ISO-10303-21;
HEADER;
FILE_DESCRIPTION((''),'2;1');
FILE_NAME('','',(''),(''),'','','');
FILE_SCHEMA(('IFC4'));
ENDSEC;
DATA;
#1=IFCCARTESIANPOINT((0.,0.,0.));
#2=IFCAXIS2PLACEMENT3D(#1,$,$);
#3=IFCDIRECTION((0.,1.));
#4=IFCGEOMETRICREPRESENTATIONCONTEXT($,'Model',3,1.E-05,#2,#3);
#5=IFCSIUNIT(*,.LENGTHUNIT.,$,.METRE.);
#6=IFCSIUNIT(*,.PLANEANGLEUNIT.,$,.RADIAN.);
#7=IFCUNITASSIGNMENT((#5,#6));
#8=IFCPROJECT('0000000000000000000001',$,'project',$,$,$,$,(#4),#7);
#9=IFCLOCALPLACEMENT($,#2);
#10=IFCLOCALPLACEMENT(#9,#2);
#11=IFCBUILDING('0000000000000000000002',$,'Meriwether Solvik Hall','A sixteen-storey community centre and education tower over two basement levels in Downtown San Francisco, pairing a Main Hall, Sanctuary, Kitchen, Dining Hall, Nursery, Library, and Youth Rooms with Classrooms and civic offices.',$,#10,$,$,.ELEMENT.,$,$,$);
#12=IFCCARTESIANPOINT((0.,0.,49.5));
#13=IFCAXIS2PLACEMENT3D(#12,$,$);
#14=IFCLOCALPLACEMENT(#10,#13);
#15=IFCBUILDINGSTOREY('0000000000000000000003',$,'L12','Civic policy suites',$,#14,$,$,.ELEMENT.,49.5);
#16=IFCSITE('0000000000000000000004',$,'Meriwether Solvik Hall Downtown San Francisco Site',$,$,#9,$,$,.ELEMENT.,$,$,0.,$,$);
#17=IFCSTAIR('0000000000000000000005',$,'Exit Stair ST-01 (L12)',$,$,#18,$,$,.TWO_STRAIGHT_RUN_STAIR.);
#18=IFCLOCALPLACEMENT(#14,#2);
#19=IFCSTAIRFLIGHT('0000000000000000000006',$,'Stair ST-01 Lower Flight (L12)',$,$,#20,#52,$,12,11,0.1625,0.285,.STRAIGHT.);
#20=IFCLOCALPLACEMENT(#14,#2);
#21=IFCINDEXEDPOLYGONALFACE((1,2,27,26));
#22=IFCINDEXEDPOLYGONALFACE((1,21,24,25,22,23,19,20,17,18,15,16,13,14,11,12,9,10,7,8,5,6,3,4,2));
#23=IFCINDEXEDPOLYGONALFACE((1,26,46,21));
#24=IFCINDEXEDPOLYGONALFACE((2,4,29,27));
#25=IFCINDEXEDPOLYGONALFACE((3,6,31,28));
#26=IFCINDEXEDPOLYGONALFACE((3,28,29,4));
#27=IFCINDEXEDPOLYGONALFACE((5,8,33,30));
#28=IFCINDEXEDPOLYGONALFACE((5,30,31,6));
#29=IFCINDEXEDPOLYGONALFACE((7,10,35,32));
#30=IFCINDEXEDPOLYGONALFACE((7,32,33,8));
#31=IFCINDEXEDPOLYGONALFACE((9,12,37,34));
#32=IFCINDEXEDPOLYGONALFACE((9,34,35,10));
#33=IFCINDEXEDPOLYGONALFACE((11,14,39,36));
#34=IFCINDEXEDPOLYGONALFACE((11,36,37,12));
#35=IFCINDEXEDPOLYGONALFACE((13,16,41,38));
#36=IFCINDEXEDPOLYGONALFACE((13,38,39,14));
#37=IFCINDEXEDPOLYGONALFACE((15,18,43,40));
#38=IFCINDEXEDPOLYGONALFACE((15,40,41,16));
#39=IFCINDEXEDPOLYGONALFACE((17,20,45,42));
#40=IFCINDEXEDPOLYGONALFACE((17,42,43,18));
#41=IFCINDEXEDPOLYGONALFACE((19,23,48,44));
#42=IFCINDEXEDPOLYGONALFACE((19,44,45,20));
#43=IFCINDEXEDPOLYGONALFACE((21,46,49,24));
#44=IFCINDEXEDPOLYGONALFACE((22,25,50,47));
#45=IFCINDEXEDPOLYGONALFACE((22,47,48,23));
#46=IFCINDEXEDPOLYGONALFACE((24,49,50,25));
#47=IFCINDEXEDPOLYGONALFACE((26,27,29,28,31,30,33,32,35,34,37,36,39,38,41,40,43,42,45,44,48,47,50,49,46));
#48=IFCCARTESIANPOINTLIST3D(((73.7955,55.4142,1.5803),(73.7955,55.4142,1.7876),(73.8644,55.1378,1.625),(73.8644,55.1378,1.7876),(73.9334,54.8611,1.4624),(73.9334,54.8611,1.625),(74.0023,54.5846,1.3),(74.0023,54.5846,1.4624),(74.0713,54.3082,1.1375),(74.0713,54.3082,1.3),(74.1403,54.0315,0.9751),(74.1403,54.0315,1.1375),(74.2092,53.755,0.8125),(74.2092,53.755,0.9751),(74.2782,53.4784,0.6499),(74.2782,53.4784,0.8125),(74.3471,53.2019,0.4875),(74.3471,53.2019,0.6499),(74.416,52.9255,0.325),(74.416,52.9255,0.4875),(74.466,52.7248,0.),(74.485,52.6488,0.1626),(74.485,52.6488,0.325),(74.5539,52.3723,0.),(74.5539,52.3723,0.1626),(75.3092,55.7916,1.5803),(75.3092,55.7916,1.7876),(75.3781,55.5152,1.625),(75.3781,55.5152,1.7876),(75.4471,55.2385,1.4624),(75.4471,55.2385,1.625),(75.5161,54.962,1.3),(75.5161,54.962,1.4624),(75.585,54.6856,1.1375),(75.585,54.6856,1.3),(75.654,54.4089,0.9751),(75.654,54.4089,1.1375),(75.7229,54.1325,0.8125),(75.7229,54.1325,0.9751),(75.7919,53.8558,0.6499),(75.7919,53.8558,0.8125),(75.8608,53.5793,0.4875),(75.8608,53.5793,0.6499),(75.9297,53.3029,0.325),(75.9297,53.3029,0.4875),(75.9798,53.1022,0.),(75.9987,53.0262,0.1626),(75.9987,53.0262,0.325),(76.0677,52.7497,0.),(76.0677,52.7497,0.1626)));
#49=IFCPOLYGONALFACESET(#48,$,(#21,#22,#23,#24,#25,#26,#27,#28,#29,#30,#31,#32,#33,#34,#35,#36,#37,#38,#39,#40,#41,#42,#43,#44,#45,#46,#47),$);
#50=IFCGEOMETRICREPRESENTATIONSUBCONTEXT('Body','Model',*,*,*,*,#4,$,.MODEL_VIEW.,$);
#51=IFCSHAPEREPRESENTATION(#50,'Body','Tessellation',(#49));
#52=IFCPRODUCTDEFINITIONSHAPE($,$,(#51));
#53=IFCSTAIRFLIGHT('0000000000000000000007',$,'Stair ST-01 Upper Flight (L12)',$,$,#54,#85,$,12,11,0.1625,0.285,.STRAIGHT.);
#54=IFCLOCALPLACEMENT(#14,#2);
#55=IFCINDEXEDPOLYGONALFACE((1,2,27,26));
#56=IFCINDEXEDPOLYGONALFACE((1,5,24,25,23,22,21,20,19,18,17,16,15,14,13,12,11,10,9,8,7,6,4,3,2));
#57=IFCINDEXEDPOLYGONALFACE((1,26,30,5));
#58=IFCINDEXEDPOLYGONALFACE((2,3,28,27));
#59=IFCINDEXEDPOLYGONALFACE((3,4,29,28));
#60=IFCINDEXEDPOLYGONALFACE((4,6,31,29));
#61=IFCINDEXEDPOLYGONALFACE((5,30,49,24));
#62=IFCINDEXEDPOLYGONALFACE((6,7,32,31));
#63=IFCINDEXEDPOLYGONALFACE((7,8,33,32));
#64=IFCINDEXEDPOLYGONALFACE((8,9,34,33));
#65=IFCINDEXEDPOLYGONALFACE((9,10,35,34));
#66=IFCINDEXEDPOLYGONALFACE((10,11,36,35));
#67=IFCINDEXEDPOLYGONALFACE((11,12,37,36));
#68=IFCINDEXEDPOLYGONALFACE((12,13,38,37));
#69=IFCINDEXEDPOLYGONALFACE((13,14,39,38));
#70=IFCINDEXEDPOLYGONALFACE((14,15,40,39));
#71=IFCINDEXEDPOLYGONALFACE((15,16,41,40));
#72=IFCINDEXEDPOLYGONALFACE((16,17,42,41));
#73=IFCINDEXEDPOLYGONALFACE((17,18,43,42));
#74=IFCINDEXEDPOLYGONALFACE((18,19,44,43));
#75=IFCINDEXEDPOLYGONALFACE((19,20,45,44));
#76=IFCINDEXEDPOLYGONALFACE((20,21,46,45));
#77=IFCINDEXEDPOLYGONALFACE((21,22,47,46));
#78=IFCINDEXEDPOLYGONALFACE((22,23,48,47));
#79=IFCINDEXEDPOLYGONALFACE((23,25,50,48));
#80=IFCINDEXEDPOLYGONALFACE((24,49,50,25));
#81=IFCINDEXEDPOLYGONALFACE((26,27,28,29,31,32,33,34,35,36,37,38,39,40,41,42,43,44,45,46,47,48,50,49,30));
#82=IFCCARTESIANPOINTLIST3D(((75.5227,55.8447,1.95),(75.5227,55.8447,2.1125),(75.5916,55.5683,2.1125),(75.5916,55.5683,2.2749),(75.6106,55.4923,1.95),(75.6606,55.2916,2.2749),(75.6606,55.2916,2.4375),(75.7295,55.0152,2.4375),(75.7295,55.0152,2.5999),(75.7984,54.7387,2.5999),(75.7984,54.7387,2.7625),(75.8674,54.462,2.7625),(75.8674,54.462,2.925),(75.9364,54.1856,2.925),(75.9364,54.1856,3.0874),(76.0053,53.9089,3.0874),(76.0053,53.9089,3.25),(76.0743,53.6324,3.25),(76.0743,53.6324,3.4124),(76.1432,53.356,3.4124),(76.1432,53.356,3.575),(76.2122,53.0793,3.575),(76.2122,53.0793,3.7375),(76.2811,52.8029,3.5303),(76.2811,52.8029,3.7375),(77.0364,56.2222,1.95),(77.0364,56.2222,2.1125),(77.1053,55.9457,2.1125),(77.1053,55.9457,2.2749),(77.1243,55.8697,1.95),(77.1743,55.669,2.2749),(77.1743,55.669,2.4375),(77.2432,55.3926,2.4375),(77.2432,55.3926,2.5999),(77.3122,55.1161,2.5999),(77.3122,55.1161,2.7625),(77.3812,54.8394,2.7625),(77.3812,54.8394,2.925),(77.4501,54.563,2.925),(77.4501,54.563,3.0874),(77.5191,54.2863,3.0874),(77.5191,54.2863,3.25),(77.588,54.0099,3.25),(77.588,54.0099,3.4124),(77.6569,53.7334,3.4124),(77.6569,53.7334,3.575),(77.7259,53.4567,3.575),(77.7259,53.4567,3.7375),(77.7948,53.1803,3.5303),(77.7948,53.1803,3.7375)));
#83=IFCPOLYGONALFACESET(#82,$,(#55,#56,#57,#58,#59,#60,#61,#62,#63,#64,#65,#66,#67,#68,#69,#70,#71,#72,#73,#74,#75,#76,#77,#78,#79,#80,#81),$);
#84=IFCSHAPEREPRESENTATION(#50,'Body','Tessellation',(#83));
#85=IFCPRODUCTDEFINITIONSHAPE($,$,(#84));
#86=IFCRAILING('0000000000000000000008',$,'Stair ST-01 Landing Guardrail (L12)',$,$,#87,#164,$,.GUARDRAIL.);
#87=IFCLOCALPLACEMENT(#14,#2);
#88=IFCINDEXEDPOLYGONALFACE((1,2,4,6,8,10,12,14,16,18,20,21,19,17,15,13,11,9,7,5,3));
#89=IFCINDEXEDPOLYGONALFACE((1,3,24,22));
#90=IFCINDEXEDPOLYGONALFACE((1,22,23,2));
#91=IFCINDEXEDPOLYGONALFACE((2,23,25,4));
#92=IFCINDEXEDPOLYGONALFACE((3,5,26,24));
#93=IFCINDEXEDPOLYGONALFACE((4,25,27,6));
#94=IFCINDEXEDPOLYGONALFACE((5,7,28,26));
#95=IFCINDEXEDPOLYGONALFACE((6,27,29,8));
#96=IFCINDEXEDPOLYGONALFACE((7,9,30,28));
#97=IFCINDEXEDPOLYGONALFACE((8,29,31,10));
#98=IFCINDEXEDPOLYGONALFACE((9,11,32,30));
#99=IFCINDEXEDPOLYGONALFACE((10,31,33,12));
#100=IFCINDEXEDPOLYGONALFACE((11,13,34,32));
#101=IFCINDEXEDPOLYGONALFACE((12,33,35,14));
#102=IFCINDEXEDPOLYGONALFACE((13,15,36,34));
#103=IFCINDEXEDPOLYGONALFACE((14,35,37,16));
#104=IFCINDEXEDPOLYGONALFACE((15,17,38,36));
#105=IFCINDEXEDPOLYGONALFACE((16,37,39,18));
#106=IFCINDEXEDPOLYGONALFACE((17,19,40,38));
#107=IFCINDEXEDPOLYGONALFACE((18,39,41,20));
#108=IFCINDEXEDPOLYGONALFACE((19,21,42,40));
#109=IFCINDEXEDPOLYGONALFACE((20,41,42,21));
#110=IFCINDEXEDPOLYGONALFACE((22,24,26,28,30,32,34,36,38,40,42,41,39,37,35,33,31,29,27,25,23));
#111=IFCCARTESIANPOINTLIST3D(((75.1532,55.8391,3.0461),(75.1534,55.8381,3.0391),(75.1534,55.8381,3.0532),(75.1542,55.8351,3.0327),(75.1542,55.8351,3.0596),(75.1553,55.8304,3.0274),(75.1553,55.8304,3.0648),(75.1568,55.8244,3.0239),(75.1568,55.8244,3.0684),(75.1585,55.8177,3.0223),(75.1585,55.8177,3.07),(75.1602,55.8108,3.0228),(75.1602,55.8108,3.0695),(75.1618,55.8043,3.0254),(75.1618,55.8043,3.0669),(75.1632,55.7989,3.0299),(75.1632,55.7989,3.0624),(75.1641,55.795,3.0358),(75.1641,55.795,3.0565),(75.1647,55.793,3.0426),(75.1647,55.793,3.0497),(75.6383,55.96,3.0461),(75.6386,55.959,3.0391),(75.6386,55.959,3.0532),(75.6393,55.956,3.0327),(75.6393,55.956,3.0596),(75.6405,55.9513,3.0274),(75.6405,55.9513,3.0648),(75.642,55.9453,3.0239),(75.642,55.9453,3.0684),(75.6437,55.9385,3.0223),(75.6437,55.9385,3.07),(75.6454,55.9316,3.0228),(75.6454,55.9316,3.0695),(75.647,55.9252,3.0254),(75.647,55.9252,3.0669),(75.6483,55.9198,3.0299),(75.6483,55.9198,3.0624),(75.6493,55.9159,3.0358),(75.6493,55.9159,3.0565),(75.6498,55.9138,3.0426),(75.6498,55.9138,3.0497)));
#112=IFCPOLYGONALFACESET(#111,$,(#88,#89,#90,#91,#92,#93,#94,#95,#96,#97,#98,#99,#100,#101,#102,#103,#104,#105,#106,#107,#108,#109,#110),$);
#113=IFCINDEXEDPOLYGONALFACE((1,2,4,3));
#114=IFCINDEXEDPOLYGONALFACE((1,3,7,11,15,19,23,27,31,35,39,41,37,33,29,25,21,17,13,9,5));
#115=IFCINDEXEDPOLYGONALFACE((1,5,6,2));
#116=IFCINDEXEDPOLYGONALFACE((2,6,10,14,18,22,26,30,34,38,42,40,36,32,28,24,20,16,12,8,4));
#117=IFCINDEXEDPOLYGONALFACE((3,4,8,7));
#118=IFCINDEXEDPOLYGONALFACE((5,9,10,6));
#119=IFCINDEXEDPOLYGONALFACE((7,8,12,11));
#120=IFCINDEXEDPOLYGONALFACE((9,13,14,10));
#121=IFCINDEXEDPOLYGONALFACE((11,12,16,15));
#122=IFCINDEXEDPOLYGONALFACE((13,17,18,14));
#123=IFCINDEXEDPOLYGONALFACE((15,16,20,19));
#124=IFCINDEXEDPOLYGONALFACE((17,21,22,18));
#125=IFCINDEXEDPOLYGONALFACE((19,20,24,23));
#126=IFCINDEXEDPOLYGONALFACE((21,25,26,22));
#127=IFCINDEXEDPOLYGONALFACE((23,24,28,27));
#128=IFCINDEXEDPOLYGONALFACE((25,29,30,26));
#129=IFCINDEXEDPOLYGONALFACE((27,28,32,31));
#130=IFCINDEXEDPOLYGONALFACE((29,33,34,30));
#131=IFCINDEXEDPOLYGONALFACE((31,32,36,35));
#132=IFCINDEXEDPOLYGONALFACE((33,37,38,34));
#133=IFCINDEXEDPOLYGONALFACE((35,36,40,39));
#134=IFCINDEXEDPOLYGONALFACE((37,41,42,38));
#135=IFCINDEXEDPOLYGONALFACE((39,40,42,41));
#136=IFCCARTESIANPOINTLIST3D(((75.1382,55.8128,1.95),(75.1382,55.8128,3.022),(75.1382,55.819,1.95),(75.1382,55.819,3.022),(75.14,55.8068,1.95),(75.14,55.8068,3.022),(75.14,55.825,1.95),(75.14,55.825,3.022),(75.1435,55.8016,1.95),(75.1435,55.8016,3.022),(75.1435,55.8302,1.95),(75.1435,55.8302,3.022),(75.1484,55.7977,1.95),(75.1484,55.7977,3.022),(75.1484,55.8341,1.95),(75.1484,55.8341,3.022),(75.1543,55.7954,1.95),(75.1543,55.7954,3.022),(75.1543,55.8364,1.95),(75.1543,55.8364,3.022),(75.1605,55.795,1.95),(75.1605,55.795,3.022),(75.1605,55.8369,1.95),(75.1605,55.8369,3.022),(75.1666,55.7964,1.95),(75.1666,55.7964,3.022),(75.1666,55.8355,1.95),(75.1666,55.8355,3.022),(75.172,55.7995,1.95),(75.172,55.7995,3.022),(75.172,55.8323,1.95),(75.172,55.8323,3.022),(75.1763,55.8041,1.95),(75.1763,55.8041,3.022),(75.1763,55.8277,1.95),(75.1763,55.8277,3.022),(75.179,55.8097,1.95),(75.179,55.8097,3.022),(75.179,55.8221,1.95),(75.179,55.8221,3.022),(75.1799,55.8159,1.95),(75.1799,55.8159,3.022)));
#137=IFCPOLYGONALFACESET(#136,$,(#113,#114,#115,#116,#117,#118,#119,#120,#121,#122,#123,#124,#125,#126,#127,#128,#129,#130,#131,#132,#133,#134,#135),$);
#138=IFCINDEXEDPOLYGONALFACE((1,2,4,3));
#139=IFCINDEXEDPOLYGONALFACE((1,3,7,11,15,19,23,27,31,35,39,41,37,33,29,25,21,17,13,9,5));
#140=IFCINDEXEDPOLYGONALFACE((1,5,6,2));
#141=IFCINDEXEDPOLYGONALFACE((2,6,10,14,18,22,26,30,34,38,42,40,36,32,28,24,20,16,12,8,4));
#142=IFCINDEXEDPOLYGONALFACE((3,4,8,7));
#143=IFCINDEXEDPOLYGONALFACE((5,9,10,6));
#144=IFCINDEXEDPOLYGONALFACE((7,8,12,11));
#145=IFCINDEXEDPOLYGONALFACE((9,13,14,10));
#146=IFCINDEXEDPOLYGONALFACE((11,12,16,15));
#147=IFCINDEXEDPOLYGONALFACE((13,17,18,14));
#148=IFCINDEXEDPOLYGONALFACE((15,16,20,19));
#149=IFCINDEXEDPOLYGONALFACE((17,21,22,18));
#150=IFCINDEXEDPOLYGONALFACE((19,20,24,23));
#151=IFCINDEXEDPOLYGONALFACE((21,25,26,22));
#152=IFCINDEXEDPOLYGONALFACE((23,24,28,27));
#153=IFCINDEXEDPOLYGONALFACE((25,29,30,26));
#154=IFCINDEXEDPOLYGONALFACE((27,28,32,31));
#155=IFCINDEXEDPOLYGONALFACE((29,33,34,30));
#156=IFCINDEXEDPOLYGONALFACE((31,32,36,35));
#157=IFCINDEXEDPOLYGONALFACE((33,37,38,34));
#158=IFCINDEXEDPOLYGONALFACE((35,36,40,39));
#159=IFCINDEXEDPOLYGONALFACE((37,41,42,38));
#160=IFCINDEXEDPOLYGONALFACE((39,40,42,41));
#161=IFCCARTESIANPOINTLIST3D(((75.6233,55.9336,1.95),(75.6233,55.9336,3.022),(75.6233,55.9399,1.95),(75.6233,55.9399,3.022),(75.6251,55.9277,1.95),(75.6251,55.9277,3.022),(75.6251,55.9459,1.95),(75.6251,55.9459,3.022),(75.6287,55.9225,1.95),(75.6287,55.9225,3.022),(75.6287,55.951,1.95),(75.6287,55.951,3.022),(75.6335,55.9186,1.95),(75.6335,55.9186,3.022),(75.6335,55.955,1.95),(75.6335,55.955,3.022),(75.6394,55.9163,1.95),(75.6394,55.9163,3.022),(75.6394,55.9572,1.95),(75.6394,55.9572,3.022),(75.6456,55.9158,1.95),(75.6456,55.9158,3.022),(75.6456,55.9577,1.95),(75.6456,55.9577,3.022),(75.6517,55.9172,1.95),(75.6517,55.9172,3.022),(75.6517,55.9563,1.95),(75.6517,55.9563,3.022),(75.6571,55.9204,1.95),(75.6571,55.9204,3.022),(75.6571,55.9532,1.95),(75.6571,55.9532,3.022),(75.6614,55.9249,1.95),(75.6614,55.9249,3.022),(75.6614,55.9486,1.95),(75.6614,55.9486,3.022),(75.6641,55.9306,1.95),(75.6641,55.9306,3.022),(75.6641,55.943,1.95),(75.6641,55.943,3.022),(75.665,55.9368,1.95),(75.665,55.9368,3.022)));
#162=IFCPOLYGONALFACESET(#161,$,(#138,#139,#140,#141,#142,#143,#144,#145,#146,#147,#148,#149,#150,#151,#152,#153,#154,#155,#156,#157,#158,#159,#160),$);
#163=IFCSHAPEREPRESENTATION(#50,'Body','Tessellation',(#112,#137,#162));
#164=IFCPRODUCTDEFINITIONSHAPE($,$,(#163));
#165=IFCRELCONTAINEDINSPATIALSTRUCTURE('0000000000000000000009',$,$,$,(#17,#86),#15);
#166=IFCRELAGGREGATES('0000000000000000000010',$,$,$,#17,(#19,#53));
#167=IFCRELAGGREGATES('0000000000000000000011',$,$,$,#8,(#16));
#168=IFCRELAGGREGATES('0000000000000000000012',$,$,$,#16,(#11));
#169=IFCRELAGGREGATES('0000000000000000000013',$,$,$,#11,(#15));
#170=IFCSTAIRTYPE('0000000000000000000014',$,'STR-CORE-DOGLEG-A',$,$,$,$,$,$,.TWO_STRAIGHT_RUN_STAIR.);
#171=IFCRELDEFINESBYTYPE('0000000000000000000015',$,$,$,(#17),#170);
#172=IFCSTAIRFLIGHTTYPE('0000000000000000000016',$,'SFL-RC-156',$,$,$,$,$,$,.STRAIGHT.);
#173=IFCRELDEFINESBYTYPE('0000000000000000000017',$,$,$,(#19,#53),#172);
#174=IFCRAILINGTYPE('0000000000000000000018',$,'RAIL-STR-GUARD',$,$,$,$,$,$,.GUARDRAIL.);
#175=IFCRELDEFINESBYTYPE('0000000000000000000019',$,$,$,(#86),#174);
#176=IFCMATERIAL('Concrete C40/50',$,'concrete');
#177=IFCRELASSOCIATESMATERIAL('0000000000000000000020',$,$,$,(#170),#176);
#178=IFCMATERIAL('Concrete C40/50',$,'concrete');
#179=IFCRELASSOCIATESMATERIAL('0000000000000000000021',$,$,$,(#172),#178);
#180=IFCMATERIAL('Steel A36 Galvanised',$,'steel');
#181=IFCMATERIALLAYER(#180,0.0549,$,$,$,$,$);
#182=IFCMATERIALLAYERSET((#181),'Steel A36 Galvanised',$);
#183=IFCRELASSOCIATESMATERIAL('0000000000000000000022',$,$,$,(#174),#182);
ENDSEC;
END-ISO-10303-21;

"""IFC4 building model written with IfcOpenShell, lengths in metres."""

from ifc_helpers import new_model, si_unit, direction, frame, origin, origin_2d, place, context, subcontext, project, spatial, polyline, circle, outline, extrude, material, layer, layer_set, type_object, element, aggregate, save


model = new_model("IFC4")

# Units and contexts
model_context = context("Model", 3, precision=1e-05, world=origin(), true_north=direction((0.0, 1.0)))
body_context = subcontext(model_context, "Body", "Model", "MODEL_VIEW")
ifc_project = project(units=[si_unit("LENGTHUNIT", "METRE"), si_unit("PLANEANGLEUNIT", "RADIAN")], contexts=[model_context])

# Site, building, storey
site_placement = place(None, origin())
site = spatial("IfcSite", under=ifc_project, at=site_placement, Name="Meriwether Solvik Hall Downtown San Francisco Site", CompositionType="ELEMENT", RefElevation=0.0)
building_placement = place(site_placement, origin())
building = spatial("IfcBuilding", under=site, at=building_placement, Name="Meriwether Solvik Hall", Description="A sixteen-storey community centre and education tower over two basement levels in Downtown San Francisco, pairing a Main Hall, Sanctuary, Kitchen, Dining Hall, Nursery, Library, and Youth Rooms with Classrooms and civic offices.", CompositionType="ELEMENT")
storey_placement = place(building_placement, frame((0.0, 0.0, 49.5)))
storey = spatial("IfcBuildingStorey", under=building, at=storey_placement, Name="L12", Description="Civic policy suites", CompositionType="ELEMENT", Elevation=49.5)

# Stair, stair flights
ifc_material_1 = material(Name="Concrete C40/50", Category="concrete")
stair_type = type_object("IfcStairType", Name="STR-CORE-DOGLEG-A", PredefinedType="TWO_STRAIGHT_RUN_STAIR", material=ifc_material_1)
stair_placement = place(storey_placement, origin())
stair = element("IfcStair", 1, at=stair_placement, inside=storey, type_object=stair_type, Name="Exit Stair ST-01 (L12)", PredefinedType="TWO_STRAIGHT_RUN_STAIR")
ifc_material_2 = material(Name="Concrete C40/50", Category="concrete")
stair_flight_type = type_object("IfcStairFlightType", Name="SFL-RC-156", PredefinedType="STRAIGHT", material=ifc_material_2)
stair_flight_1_placement = place(storey_placement, frame((75.3108, 52.561, 0.0), z_axis=(0.0, 0.0, 1.0), x_axis=(-0.241922, 0.970296, 0.0)))
stair_flight_1 = element("IfcStairFlight", 2, at=stair_flight_1_placement, type_object=stair_flight_type, Name="Stair ST-01 Lower Flight (L12)", NumberOfRisers=12, NumberOfTreads=11, PredefinedType="STRAIGHT", RiserHeight=0.1625, TreadLength=0.285, context=body_context, shape_type="SweptSolid", body=[
    extrude(outline(polyline([(0.0, 0.0), (0.0, 0.1626), (0.2849, 0.1626), (0.2849, 0.325), (0.5701, 0.325), (0.5701, 0.4875), (0.855, 0.4875), (0.855, 0.6499), (1.1399, 0.6499), (1.1399, 0.8125), (1.425, 0.8125), (1.425, 0.9751), (1.71, 0.9751), (1.71, 1.1375), (1.9951, 1.1375), (1.9951, 1.3), (2.28, 1.3), (2.28, 1.4624), (2.5649, 1.4624), (2.5649, 1.625), (2.8501, 1.625), (2.8501, 1.7876), (3.135, 1.7876), (3.135, 1.95), (3.135, 1.5803), (0.3633, 0.0), (0.0, 0.0)])), frame((0.0, 0.78, 0.0), z_axis=(0.0, -1.0, 0.0), x_axis=(1.0, 0.0, 0.0)), (0.0, 0.0, 1.0), 1.5601),
])
stair_flight_2_placement = place(storey_placement, frame((76.2795, 56.0334, 1.95), z_axis=(0.0, 0.0, 1.0), x_axis=(0.241922, -0.970296, 0.0)))
stair_flight_2 = element("IfcStairFlight", 3, at=stair_flight_2_placement, type_object=stair_flight_type, Name="Stair ST-01 Upper Flight (L12)", NumberOfRisers=12, NumberOfTreads=11, PredefinedType="STRAIGHT", RiserHeight=0.1625, TreadLength=0.285, context=body_context, shape_type="SweptSolid", body=[
    extrude(outline(polyline([(0.0, 0.0), (0.0, 0.1626), (0.2849, 0.1626), (0.2849, 0.325), (0.5701, 0.325), (0.5701, 0.4875), (0.855, 0.4875), (0.855, 0.6499), (1.1399, 0.6499), (1.1399, 0.8125), (1.425, 0.8125), (1.425, 0.9751), (1.71, 0.9751), (1.71, 1.1375), (1.9951, 1.1375), (1.9951, 1.3), (2.28, 1.3), (2.28, 1.4624), (2.5649, 1.4624), (2.5649, 1.625), (2.8501, 1.625), (2.8501, 1.7876), (3.135, 1.7876), (3.135, 1.95), (3.135, 1.5803), (0.3633, 0.0), (0.0, 0.0)])), frame((0.0, 0.78, 0.0), z_axis=(0.0, -1.0, 0.0), x_axis=(1.0, 0.0, 0.0)), (0.0, 0.0, 1.0), 1.5601),
])
aggregate(stair, [stair_flight_1, stair_flight_2])

# Railing
ifc_material_3 = material(Name="Steel A36 Galvanised", Category="steel")
ifc_layer_1 = layer(ifc_material_3, 0.0549)
ifc_layer_set_1 = layer_set([ifc_layer_1], Name="Steel A36 Galvanised")
railing_type_1 = type_object("IfcRailingType", Name="RAIL-STR-GUARD", PredefinedType="GUARDRAIL", material=ifc_layer_set_1)
railing_1_placement = place(storey_placement, frame((75.1589, 55.8159, 1.95)))
element("IfcRailing", 4, at=railing_1_placement, inside=storey, type_object=railing_type_1, Name="Stair ST-01 Landing Guardrail (L12)", PredefinedType="GUARDRAIL", context=body_context, shape_type="SweptSolid", body=[
    extrude(circle(Radius=0.0239, at=origin_2d()), frame((0.0, 0.0, 1.0962), z_axis=(0.970343, 0.241731, 0.0), x_axis=(-0.241731, 0.970343, 0.0)), (0.0, 0.0, 1.0), 0.5),
    extrude(circle(Radius=0.021, at=origin_2d()), origin(), (0.0, 0.0, 1.0), 1.072),
    extrude(circle(Radius=0.021, at=origin_2d()), frame((0.4851, 0.1208, 0.0)), (0.0, 0.0, 1.0), 1.072),
])

save(model, "model.ifc")
